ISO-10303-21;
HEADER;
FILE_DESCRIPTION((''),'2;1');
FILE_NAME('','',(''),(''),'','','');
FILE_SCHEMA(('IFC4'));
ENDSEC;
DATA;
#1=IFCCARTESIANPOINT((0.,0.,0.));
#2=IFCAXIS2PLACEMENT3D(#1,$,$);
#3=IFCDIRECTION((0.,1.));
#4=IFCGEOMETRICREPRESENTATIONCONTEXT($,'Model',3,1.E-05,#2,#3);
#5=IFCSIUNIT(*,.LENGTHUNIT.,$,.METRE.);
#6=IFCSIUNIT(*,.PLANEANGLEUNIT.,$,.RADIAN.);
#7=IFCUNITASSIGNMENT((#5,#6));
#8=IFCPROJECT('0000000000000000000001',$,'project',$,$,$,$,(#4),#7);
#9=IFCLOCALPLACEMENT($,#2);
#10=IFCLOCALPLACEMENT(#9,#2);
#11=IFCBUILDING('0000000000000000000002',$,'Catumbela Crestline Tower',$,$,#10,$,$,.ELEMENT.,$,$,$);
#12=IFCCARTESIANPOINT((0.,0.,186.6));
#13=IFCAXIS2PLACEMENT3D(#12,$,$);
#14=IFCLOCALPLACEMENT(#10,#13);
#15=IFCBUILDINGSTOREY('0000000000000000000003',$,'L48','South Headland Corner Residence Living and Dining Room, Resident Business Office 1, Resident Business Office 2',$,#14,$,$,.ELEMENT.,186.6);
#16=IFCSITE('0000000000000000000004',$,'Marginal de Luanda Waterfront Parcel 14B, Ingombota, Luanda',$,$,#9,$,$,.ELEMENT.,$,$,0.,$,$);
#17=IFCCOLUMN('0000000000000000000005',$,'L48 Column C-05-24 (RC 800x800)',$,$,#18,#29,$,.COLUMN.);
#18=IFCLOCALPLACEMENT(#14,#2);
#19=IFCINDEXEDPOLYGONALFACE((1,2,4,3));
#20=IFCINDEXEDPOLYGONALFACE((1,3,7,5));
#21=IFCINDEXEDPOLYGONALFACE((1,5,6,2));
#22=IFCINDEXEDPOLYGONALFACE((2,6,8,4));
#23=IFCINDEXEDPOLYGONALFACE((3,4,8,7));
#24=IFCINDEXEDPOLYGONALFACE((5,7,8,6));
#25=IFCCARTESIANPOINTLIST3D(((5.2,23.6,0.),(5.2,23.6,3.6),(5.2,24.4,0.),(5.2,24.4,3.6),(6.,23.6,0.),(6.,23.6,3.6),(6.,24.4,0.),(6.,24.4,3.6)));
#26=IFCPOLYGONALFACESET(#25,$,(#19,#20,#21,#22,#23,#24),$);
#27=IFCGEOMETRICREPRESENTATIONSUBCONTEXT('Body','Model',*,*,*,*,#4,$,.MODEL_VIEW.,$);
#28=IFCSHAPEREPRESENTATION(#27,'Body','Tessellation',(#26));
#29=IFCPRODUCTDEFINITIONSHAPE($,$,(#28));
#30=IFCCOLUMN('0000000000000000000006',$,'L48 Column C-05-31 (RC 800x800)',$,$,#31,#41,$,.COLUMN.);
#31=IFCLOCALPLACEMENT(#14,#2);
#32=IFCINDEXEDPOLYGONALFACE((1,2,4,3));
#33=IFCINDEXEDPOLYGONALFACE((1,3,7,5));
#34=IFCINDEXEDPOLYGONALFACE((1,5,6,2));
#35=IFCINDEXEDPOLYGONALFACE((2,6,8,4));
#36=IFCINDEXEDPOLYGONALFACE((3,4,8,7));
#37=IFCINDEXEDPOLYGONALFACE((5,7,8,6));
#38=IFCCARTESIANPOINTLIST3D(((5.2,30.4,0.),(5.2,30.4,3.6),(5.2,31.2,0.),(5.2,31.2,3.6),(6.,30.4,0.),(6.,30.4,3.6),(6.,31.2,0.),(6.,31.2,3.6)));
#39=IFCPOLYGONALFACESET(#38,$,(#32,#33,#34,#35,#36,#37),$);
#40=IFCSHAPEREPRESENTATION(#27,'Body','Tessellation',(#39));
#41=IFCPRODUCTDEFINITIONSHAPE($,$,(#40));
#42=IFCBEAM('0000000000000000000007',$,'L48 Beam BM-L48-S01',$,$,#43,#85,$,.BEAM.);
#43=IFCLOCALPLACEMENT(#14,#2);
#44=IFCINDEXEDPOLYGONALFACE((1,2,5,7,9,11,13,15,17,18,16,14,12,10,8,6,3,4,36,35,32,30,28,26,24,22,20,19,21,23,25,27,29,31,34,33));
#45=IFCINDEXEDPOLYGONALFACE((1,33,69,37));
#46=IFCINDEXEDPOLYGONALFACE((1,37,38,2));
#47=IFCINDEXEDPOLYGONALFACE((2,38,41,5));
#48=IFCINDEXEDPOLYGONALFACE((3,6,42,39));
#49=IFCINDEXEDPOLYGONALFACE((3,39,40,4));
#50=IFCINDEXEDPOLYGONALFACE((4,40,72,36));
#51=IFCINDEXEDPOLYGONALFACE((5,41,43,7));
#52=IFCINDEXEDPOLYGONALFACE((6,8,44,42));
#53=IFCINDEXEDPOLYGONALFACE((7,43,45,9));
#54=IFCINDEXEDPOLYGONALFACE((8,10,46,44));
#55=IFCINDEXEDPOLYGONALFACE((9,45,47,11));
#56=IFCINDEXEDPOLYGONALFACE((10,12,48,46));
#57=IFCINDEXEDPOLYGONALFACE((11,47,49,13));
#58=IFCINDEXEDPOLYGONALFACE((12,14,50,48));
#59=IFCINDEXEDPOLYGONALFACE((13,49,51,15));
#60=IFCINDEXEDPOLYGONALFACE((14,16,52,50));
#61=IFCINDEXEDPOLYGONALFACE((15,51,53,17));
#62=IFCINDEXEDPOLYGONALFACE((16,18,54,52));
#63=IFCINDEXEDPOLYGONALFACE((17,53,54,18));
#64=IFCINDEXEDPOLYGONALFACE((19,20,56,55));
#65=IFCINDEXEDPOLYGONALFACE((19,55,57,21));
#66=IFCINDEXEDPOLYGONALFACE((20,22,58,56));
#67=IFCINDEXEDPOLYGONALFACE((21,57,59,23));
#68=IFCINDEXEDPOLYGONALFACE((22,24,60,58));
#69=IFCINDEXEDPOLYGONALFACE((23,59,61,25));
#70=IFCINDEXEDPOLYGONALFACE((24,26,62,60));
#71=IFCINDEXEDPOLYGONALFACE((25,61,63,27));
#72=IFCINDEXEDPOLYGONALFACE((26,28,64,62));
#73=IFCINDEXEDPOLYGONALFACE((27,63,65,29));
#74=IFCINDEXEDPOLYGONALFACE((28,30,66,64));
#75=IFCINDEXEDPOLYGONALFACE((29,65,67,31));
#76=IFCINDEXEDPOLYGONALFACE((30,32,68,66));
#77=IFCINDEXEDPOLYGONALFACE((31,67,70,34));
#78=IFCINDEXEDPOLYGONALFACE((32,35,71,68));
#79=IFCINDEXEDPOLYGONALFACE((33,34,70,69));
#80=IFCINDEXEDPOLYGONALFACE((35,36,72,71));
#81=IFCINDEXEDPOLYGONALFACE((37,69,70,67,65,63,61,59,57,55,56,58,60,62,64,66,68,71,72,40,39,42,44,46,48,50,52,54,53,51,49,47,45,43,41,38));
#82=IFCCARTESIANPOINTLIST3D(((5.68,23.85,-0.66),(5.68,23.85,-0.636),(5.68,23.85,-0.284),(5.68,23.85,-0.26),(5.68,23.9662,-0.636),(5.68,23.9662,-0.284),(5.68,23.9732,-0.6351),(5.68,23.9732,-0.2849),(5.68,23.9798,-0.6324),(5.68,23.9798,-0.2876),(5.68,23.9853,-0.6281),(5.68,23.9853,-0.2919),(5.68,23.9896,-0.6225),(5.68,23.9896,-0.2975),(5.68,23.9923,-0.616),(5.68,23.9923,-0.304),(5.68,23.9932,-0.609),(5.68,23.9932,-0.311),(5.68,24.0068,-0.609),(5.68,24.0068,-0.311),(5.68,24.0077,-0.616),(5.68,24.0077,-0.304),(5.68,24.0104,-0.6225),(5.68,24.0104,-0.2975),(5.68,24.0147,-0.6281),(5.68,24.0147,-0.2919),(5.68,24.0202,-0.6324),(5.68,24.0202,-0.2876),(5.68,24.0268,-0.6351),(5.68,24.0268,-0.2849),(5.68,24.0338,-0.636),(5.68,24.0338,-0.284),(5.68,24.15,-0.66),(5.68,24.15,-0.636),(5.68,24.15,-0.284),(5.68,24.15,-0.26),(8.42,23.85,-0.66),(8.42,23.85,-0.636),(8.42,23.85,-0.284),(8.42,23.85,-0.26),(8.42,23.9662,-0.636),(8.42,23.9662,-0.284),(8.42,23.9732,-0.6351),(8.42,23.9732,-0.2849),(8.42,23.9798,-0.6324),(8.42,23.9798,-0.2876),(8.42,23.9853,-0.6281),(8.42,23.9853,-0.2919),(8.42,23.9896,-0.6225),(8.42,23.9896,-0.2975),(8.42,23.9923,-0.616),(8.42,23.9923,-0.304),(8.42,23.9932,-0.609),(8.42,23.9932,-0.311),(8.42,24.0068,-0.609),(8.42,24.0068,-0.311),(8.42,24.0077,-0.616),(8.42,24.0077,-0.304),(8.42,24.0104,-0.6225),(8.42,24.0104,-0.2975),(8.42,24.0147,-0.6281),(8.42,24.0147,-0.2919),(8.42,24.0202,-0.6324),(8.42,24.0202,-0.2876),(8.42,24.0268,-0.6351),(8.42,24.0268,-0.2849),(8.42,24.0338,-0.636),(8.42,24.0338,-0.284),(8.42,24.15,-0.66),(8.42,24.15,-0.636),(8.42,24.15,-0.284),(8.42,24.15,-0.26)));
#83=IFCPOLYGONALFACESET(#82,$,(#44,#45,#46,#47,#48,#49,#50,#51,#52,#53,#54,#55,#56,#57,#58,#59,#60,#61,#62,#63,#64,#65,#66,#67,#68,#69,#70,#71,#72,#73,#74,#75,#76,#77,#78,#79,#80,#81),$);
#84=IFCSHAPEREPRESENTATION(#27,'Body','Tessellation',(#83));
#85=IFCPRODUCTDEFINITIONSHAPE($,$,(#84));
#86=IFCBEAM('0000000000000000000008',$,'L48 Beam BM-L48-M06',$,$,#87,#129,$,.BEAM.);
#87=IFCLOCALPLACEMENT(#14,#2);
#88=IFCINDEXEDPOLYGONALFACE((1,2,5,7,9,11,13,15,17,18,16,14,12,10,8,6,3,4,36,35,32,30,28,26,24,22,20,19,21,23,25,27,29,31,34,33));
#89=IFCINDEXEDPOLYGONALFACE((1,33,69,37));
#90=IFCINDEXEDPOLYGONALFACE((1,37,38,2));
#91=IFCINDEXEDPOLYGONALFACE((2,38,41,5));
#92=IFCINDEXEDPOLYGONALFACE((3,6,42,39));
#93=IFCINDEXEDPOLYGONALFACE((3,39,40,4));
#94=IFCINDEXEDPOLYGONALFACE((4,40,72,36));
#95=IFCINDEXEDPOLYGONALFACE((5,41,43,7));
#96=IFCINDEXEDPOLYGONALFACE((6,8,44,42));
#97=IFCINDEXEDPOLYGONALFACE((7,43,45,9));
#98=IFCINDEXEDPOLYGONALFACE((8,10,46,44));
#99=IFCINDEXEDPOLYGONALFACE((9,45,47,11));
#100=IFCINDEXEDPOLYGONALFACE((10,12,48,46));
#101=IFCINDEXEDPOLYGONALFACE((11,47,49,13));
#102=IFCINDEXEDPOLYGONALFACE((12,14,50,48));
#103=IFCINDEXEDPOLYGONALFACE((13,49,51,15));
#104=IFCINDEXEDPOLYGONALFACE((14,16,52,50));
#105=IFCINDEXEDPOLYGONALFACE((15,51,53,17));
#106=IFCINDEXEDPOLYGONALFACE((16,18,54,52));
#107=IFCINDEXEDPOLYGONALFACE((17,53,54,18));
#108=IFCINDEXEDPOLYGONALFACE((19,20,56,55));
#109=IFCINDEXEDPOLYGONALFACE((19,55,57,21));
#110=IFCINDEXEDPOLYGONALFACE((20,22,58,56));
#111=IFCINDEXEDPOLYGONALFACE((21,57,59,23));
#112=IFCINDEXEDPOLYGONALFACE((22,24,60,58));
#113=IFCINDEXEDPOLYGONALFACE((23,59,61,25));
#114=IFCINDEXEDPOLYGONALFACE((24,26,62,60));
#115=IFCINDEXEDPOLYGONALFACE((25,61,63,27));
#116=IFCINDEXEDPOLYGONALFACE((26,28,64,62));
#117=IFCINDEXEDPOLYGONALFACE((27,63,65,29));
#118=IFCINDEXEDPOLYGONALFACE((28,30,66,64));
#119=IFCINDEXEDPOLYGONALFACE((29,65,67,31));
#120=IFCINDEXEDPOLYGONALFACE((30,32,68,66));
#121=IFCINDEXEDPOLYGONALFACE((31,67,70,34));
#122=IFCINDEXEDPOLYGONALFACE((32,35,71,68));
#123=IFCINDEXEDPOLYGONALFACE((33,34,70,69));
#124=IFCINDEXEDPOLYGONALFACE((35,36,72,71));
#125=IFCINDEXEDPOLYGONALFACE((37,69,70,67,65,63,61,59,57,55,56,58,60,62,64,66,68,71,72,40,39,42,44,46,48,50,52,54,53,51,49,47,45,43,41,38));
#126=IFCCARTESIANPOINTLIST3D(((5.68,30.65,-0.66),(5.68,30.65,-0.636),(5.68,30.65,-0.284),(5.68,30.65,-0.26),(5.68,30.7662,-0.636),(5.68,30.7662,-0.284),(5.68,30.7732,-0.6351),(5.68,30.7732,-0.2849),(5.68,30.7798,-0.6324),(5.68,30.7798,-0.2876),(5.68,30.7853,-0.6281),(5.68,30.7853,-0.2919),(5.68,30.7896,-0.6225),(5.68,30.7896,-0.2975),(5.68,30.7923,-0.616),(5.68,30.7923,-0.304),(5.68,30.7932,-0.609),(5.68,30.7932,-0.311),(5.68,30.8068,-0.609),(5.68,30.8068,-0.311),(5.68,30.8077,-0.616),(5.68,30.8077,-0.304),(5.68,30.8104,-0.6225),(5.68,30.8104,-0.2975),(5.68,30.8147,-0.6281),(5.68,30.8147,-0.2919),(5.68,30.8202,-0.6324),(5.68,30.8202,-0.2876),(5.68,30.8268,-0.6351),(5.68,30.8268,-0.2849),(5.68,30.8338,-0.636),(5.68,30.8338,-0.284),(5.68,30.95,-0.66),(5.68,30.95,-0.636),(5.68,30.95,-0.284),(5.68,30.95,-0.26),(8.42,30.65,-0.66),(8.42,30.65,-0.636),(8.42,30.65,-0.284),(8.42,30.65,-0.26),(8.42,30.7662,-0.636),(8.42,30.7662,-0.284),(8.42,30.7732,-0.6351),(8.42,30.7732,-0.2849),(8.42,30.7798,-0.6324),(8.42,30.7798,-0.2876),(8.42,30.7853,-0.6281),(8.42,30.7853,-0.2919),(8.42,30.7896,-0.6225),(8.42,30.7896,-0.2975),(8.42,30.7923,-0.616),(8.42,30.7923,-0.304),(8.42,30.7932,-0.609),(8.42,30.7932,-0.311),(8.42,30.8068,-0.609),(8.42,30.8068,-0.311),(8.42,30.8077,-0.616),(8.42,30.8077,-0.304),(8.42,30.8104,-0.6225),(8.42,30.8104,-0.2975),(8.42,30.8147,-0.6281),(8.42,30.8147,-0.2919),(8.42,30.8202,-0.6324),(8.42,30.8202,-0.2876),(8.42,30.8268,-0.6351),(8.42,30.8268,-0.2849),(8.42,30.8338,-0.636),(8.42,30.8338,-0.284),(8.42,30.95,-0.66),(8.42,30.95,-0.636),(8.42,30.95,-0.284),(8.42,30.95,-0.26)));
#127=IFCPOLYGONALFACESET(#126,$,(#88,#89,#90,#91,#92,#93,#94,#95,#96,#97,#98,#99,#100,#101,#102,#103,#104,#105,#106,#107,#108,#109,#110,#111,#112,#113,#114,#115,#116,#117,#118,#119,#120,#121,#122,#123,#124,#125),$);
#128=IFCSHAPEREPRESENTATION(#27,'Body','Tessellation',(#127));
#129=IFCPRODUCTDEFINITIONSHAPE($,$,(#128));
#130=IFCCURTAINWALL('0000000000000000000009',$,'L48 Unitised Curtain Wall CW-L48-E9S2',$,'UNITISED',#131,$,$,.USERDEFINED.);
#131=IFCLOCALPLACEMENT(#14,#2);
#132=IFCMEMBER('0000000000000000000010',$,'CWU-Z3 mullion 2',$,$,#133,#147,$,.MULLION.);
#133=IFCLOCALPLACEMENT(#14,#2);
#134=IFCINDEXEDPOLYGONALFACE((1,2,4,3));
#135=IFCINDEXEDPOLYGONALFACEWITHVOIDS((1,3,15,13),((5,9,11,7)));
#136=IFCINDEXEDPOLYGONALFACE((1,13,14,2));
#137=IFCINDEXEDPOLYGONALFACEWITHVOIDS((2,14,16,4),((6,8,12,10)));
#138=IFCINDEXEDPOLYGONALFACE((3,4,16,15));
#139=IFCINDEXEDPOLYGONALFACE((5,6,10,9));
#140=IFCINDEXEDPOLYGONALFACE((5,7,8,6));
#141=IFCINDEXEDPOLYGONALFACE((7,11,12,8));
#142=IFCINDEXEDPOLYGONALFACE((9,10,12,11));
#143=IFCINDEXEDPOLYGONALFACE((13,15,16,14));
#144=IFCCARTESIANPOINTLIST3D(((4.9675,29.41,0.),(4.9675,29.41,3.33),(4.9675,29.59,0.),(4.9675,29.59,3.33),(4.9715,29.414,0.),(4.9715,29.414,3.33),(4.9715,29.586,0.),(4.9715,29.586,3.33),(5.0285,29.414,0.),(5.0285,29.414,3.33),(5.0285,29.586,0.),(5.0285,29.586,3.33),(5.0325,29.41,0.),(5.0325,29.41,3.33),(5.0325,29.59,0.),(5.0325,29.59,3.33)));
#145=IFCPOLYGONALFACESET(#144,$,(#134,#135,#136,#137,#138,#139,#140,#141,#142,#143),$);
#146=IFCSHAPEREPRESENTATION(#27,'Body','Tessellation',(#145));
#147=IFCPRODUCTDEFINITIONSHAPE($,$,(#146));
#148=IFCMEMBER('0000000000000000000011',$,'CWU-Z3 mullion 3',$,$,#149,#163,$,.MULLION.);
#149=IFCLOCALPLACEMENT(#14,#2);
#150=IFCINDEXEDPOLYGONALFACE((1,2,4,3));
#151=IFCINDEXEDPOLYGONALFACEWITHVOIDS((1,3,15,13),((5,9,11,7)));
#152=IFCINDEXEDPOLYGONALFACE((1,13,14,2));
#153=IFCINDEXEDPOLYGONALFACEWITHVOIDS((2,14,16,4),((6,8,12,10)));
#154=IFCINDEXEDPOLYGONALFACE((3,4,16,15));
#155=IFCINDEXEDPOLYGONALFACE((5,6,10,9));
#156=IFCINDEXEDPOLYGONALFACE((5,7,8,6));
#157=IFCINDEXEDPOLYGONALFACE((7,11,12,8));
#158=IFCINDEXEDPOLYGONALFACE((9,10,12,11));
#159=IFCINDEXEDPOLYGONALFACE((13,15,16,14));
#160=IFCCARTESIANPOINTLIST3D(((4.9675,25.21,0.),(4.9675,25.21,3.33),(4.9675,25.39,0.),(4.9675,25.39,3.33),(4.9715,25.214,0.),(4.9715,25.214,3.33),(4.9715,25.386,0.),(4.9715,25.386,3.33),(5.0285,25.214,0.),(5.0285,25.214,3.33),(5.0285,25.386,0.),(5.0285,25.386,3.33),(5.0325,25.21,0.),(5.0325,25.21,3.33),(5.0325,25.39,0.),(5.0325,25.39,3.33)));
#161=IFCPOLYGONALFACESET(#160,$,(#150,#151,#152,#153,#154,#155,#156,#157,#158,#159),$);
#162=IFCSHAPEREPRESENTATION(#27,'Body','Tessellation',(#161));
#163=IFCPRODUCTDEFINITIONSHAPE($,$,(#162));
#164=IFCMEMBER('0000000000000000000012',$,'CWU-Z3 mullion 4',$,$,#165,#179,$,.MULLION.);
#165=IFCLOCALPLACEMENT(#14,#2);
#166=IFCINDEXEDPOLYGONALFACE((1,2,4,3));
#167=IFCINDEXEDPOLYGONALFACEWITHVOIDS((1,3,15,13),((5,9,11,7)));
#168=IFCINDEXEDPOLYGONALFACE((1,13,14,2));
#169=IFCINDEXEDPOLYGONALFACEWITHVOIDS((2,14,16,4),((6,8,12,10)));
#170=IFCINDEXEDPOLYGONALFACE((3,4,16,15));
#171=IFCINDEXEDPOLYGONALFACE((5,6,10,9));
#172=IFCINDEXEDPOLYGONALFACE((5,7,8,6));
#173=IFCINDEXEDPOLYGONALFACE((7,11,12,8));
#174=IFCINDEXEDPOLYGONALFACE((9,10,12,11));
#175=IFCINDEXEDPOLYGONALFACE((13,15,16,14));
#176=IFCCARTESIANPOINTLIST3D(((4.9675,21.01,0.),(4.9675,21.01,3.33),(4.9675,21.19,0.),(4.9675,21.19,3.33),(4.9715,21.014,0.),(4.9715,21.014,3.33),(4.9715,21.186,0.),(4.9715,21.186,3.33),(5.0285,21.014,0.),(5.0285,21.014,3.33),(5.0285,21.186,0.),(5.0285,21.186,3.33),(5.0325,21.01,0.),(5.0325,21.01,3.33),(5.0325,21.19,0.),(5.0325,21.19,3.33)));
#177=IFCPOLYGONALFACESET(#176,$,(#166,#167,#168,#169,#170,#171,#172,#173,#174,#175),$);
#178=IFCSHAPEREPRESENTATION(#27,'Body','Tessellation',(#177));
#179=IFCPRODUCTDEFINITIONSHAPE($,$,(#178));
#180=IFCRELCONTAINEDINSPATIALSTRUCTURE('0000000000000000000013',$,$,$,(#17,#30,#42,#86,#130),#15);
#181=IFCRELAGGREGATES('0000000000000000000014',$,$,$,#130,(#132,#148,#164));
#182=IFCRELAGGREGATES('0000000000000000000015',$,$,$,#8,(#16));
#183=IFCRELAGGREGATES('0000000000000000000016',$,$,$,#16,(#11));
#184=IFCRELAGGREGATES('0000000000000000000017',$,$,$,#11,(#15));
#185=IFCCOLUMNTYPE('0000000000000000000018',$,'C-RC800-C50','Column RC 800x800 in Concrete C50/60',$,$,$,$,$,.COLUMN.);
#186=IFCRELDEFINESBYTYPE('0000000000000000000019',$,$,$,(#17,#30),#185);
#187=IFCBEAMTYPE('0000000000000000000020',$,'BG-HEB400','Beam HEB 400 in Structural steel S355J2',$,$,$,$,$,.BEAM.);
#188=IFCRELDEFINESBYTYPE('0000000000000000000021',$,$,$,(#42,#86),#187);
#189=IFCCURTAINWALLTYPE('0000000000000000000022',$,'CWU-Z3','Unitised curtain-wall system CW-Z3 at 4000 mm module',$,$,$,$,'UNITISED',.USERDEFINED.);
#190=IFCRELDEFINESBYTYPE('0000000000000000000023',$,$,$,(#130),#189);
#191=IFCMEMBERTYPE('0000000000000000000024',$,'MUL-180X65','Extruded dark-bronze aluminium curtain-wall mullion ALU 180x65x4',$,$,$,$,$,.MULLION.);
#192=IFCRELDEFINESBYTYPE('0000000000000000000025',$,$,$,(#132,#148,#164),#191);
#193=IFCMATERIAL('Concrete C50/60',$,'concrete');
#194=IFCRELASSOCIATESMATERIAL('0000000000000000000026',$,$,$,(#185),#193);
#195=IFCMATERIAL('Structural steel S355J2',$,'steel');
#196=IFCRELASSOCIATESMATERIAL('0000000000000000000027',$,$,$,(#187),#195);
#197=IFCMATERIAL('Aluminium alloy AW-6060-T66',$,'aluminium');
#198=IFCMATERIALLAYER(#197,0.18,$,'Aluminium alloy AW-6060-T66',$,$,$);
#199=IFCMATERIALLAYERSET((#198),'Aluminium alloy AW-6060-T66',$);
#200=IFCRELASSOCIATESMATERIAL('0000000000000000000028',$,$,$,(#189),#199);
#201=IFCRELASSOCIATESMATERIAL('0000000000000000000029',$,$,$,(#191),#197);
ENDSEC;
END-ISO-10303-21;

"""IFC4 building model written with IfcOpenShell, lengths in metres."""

from ifc_helpers import new_model, si_unit, direction, frame, origin, origin_2d, place, context, subcontext, project, spatial, rectangle, hollow_rectangle, i_section, extrude, material, layer, layer_set, material_profile, profile_set, type_object, element, aggregate, save


model = new_model("IFC4")

# Units and contexts
model_context = context("Model", 3, precision=1e-05, world=origin(), true_north=direction((0.0, 1.0)))
body_context = subcontext(model_context, "Body", "Model", "MODEL_VIEW")
ifc_project = project(units=[si_unit("LENGTHUNIT", "METRE"), si_unit("PLANEANGLEUNIT", "RADIAN")], contexts=[model_context])

# Site, building, storey
site_placement = place(None, origin())
site = spatial("IfcSite", under=ifc_project, at=site_placement, Name="Marginal de Luanda Waterfront Parcel 14B, Ingombota, Luanda", CompositionType="ELEMENT", RefElevation=0.0)
building_placement = place(site_placement, origin())
building = spatial("IfcBuilding", under=site, at=building_placement, Name="Catumbela Crestline Tower", CompositionType="ELEMENT")
storey_placement = place(building_placement, frame((0.0, 0.0, 186.6)))
storey = spatial("IfcBuildingStorey", under=building, at=storey_placement, Name="L48", Description="South Headland Corner Residence Living and Dining Room, Resident Business Office 1, Resident Business Office 2", CompositionType="ELEMENT", Elevation=186.6)

# Columns
ifc_material_1 = material(Name="Concrete C50/60", Category="concrete")
ifc_material_profile_1 = material_profile(ifc_material_1, rectangle(XDim=0.8, YDim=0.8, at=origin_2d()), Name="RC 800x800")
ifc_profile_set_1 = profile_set([ifc_material_profile_1], Name="Concrete C50/60")
column_type = type_object("IfcColumnType", Name="C-RC800-C50", Description="Column RC 800x800 in Concrete C50/60", PredefinedType="COLUMN", material=ifc_profile_set_1)
for number, where, z_axis, x_axis, name in (
    (1, (5.6, 24.0, 0.0), (0.0, 0.0, 1.0), (1.0, 0.0, 0.0), "L48 Column C-05-24 (RC 800x800)"),
    (2, (5.6, 30.8, 0.0), (0.0, 0.0, 1.0), (1.0, 0.0, 0.0), "L48 Column C-05-31 (RC 800x800)"),
):
    element("IfcColumn", number, at=place(storey_placement, frame(where, z_axis=z_axis, x_axis=x_axis)), inside=storey, type_object=column_type, Name=name, PredefinedType="COLUMN", context=body_context, shape_type="SweptSolid", body=[
        extrude(rectangle(XDim=0.8, YDim=0.8, at=origin_2d()), origin(), (0.0, 0.0, 1.0), 3.6),
    ])

# Beams
ifc_material_2 = material(Name="Structural steel S355J2", Category="steel")
ifc_material_profile_2 = material_profile(ifc_material_2, i_section(OverallWidth=0.3, OverallDepth=0.4, WebThickness=0.0135, FlangeThickness=0.024, FilletRadius=0.027, at=origin_2d()), Name="HEB 400")
ifc_profile_set_2 = profile_set([ifc_material_profile_2], Name="Structural steel S355J2")
beam_type_1 = type_object("IfcBeamType", Name="BG-HEB400", Description="Beam HEB 400 in Structural steel S355J2", PredefinedType="BEAM", material=ifc_profile_set_2)
for number, where, z_axis, x_axis, name in (
    (3, (5.68, 24.0, -0.46), (1.0, 0.0, 0.0), (0.0, 1.0, 0.0), "L48 Beam BM-L48-S01"),
    (4, (5.68, 30.8, -0.46), (1.0, 0.0, 0.0), (0.0, 1.0, 0.0), "L48 Beam BM-L48-M06"),
):
    element("IfcBeam", number, at=place(storey_placement, frame(where, z_axis=z_axis, x_axis=x_axis)), inside=storey, type_object=beam_type_1, Name=name, PredefinedType="BEAM", context=body_context, shape_type="SweptSolid", body=[
        extrude(i_section(OverallWidth=0.3, OverallDepth=0.4, WebThickness=0.0135, FlangeThickness=0.024, FilletRadius=0.027, at=origin_2d()), origin(), (0.0, 0.0, 1.0), 2.74),
    ])

# Curtain wall, members
ifc_material_3 = material(Name="Aluminium alloy AW-6060-T66", Category="aluminium")
ifc_layer_1 = layer(ifc_material_3, 0.18, Name="Aluminium alloy AW-6060-T66")
ifc_layer_set_1 = layer_set([ifc_layer_1], Name="Aluminium alloy AW-6060-T66")
curtain_wall_type = type_object("IfcCurtainWallType", Name="CWU-Z3", Description="Unitised curtain-wall system CW-Z3 at 4000 mm module", ElementType="UNITISED", PredefinedType="USERDEFINED", material=ifc_layer_set_1)
curtain_wall_placement = place(storey_placement, origin())
curtain_wall = element("IfcCurtainWall", 5, at=curtain_wall_placement, inside=storey, type_object=curtain_wall_type, Name="L48 Unitised Curtain Wall CW-L48-E9S2", ObjectType="UNITISED", PredefinedType="USERDEFINED")
ifc_material_profile_3 = material_profile(ifc_material_3, hollow_rectangle(XDim=0.065, YDim=0.18, WallThickness=0.004, at=origin_2d()), Name="ALU 180x65x4")
ifc_profile_set_3 = profile_set([ifc_material_profile_3], Name="Aluminium alloy AW-6060-T66")
member_type_1 = type_object("IfcMemberType", Name="MUL-180X65", Description="Extruded dark-bronze aluminium curtain-wall mullion ALU 180x65x4", PredefinedType="MULLION", material=ifc_profile_set_3)
member_1_placement = place(storey_placement, frame((5.0, 29.5, 0.0), z_axis=(0.0, 0.0, 1.0), x_axis=(1.0, 0.0, 0.0)))
member_1 = element("IfcMember", 6, at=member_1_placement, type_object=member_type_1, Name="CWU-Z3 mullion 2", PredefinedType="MULLION", context=body_context, shape_type="SweptSolid", body=[
    extrude(hollow_rectangle(XDim=0.065, YDim=0.18, WallThickness=0.004, at=origin_2d()), origin(), (0.0, 0.0, 1.0), 3.33),
])
member_2_placement = place(storey_placement, frame((5.0, 25.3, 0.0), z_axis=(0.0, 0.0, 1.0), x_axis=(1.0, 0.0, 0.0)))
member_2 = element("IfcMember", 7, at=member_2_placement, type_object=member_type_1, Name="CWU-Z3 mullion 3", PredefinedType="MULLION", context=body_context, shape_type="SweptSolid", body=[
    extrude(hollow_rectangle(XDim=0.065, YDim=0.18, WallThickness=0.004, at=origin_2d()), origin(), (0.0, 0.0, 1.0), 3.33),
])
member_3_placement = place(storey_placement, frame((5.0, 21.1, 0.0), z_axis=(0.0, 0.0, 1.0), x_axis=(1.0, 0.0, 0.0)))
member_3 = element("IfcMember", 8, at=member_3_placement, type_object=member_type_1, Name="CWU-Z3 mullion 4", PredefinedType="MULLION", context=body_context, shape_type="SweptSolid", body=[
    extrude(hollow_rectangle(XDim=0.065, YDim=0.18, WallThickness=0.004, at=origin_2d()), origin(), (0.0, 0.0, 1.0), 3.33),
])

aggregate(curtain_wall, [member_1, member_2, member_3])

save(model, "model.ifc")
